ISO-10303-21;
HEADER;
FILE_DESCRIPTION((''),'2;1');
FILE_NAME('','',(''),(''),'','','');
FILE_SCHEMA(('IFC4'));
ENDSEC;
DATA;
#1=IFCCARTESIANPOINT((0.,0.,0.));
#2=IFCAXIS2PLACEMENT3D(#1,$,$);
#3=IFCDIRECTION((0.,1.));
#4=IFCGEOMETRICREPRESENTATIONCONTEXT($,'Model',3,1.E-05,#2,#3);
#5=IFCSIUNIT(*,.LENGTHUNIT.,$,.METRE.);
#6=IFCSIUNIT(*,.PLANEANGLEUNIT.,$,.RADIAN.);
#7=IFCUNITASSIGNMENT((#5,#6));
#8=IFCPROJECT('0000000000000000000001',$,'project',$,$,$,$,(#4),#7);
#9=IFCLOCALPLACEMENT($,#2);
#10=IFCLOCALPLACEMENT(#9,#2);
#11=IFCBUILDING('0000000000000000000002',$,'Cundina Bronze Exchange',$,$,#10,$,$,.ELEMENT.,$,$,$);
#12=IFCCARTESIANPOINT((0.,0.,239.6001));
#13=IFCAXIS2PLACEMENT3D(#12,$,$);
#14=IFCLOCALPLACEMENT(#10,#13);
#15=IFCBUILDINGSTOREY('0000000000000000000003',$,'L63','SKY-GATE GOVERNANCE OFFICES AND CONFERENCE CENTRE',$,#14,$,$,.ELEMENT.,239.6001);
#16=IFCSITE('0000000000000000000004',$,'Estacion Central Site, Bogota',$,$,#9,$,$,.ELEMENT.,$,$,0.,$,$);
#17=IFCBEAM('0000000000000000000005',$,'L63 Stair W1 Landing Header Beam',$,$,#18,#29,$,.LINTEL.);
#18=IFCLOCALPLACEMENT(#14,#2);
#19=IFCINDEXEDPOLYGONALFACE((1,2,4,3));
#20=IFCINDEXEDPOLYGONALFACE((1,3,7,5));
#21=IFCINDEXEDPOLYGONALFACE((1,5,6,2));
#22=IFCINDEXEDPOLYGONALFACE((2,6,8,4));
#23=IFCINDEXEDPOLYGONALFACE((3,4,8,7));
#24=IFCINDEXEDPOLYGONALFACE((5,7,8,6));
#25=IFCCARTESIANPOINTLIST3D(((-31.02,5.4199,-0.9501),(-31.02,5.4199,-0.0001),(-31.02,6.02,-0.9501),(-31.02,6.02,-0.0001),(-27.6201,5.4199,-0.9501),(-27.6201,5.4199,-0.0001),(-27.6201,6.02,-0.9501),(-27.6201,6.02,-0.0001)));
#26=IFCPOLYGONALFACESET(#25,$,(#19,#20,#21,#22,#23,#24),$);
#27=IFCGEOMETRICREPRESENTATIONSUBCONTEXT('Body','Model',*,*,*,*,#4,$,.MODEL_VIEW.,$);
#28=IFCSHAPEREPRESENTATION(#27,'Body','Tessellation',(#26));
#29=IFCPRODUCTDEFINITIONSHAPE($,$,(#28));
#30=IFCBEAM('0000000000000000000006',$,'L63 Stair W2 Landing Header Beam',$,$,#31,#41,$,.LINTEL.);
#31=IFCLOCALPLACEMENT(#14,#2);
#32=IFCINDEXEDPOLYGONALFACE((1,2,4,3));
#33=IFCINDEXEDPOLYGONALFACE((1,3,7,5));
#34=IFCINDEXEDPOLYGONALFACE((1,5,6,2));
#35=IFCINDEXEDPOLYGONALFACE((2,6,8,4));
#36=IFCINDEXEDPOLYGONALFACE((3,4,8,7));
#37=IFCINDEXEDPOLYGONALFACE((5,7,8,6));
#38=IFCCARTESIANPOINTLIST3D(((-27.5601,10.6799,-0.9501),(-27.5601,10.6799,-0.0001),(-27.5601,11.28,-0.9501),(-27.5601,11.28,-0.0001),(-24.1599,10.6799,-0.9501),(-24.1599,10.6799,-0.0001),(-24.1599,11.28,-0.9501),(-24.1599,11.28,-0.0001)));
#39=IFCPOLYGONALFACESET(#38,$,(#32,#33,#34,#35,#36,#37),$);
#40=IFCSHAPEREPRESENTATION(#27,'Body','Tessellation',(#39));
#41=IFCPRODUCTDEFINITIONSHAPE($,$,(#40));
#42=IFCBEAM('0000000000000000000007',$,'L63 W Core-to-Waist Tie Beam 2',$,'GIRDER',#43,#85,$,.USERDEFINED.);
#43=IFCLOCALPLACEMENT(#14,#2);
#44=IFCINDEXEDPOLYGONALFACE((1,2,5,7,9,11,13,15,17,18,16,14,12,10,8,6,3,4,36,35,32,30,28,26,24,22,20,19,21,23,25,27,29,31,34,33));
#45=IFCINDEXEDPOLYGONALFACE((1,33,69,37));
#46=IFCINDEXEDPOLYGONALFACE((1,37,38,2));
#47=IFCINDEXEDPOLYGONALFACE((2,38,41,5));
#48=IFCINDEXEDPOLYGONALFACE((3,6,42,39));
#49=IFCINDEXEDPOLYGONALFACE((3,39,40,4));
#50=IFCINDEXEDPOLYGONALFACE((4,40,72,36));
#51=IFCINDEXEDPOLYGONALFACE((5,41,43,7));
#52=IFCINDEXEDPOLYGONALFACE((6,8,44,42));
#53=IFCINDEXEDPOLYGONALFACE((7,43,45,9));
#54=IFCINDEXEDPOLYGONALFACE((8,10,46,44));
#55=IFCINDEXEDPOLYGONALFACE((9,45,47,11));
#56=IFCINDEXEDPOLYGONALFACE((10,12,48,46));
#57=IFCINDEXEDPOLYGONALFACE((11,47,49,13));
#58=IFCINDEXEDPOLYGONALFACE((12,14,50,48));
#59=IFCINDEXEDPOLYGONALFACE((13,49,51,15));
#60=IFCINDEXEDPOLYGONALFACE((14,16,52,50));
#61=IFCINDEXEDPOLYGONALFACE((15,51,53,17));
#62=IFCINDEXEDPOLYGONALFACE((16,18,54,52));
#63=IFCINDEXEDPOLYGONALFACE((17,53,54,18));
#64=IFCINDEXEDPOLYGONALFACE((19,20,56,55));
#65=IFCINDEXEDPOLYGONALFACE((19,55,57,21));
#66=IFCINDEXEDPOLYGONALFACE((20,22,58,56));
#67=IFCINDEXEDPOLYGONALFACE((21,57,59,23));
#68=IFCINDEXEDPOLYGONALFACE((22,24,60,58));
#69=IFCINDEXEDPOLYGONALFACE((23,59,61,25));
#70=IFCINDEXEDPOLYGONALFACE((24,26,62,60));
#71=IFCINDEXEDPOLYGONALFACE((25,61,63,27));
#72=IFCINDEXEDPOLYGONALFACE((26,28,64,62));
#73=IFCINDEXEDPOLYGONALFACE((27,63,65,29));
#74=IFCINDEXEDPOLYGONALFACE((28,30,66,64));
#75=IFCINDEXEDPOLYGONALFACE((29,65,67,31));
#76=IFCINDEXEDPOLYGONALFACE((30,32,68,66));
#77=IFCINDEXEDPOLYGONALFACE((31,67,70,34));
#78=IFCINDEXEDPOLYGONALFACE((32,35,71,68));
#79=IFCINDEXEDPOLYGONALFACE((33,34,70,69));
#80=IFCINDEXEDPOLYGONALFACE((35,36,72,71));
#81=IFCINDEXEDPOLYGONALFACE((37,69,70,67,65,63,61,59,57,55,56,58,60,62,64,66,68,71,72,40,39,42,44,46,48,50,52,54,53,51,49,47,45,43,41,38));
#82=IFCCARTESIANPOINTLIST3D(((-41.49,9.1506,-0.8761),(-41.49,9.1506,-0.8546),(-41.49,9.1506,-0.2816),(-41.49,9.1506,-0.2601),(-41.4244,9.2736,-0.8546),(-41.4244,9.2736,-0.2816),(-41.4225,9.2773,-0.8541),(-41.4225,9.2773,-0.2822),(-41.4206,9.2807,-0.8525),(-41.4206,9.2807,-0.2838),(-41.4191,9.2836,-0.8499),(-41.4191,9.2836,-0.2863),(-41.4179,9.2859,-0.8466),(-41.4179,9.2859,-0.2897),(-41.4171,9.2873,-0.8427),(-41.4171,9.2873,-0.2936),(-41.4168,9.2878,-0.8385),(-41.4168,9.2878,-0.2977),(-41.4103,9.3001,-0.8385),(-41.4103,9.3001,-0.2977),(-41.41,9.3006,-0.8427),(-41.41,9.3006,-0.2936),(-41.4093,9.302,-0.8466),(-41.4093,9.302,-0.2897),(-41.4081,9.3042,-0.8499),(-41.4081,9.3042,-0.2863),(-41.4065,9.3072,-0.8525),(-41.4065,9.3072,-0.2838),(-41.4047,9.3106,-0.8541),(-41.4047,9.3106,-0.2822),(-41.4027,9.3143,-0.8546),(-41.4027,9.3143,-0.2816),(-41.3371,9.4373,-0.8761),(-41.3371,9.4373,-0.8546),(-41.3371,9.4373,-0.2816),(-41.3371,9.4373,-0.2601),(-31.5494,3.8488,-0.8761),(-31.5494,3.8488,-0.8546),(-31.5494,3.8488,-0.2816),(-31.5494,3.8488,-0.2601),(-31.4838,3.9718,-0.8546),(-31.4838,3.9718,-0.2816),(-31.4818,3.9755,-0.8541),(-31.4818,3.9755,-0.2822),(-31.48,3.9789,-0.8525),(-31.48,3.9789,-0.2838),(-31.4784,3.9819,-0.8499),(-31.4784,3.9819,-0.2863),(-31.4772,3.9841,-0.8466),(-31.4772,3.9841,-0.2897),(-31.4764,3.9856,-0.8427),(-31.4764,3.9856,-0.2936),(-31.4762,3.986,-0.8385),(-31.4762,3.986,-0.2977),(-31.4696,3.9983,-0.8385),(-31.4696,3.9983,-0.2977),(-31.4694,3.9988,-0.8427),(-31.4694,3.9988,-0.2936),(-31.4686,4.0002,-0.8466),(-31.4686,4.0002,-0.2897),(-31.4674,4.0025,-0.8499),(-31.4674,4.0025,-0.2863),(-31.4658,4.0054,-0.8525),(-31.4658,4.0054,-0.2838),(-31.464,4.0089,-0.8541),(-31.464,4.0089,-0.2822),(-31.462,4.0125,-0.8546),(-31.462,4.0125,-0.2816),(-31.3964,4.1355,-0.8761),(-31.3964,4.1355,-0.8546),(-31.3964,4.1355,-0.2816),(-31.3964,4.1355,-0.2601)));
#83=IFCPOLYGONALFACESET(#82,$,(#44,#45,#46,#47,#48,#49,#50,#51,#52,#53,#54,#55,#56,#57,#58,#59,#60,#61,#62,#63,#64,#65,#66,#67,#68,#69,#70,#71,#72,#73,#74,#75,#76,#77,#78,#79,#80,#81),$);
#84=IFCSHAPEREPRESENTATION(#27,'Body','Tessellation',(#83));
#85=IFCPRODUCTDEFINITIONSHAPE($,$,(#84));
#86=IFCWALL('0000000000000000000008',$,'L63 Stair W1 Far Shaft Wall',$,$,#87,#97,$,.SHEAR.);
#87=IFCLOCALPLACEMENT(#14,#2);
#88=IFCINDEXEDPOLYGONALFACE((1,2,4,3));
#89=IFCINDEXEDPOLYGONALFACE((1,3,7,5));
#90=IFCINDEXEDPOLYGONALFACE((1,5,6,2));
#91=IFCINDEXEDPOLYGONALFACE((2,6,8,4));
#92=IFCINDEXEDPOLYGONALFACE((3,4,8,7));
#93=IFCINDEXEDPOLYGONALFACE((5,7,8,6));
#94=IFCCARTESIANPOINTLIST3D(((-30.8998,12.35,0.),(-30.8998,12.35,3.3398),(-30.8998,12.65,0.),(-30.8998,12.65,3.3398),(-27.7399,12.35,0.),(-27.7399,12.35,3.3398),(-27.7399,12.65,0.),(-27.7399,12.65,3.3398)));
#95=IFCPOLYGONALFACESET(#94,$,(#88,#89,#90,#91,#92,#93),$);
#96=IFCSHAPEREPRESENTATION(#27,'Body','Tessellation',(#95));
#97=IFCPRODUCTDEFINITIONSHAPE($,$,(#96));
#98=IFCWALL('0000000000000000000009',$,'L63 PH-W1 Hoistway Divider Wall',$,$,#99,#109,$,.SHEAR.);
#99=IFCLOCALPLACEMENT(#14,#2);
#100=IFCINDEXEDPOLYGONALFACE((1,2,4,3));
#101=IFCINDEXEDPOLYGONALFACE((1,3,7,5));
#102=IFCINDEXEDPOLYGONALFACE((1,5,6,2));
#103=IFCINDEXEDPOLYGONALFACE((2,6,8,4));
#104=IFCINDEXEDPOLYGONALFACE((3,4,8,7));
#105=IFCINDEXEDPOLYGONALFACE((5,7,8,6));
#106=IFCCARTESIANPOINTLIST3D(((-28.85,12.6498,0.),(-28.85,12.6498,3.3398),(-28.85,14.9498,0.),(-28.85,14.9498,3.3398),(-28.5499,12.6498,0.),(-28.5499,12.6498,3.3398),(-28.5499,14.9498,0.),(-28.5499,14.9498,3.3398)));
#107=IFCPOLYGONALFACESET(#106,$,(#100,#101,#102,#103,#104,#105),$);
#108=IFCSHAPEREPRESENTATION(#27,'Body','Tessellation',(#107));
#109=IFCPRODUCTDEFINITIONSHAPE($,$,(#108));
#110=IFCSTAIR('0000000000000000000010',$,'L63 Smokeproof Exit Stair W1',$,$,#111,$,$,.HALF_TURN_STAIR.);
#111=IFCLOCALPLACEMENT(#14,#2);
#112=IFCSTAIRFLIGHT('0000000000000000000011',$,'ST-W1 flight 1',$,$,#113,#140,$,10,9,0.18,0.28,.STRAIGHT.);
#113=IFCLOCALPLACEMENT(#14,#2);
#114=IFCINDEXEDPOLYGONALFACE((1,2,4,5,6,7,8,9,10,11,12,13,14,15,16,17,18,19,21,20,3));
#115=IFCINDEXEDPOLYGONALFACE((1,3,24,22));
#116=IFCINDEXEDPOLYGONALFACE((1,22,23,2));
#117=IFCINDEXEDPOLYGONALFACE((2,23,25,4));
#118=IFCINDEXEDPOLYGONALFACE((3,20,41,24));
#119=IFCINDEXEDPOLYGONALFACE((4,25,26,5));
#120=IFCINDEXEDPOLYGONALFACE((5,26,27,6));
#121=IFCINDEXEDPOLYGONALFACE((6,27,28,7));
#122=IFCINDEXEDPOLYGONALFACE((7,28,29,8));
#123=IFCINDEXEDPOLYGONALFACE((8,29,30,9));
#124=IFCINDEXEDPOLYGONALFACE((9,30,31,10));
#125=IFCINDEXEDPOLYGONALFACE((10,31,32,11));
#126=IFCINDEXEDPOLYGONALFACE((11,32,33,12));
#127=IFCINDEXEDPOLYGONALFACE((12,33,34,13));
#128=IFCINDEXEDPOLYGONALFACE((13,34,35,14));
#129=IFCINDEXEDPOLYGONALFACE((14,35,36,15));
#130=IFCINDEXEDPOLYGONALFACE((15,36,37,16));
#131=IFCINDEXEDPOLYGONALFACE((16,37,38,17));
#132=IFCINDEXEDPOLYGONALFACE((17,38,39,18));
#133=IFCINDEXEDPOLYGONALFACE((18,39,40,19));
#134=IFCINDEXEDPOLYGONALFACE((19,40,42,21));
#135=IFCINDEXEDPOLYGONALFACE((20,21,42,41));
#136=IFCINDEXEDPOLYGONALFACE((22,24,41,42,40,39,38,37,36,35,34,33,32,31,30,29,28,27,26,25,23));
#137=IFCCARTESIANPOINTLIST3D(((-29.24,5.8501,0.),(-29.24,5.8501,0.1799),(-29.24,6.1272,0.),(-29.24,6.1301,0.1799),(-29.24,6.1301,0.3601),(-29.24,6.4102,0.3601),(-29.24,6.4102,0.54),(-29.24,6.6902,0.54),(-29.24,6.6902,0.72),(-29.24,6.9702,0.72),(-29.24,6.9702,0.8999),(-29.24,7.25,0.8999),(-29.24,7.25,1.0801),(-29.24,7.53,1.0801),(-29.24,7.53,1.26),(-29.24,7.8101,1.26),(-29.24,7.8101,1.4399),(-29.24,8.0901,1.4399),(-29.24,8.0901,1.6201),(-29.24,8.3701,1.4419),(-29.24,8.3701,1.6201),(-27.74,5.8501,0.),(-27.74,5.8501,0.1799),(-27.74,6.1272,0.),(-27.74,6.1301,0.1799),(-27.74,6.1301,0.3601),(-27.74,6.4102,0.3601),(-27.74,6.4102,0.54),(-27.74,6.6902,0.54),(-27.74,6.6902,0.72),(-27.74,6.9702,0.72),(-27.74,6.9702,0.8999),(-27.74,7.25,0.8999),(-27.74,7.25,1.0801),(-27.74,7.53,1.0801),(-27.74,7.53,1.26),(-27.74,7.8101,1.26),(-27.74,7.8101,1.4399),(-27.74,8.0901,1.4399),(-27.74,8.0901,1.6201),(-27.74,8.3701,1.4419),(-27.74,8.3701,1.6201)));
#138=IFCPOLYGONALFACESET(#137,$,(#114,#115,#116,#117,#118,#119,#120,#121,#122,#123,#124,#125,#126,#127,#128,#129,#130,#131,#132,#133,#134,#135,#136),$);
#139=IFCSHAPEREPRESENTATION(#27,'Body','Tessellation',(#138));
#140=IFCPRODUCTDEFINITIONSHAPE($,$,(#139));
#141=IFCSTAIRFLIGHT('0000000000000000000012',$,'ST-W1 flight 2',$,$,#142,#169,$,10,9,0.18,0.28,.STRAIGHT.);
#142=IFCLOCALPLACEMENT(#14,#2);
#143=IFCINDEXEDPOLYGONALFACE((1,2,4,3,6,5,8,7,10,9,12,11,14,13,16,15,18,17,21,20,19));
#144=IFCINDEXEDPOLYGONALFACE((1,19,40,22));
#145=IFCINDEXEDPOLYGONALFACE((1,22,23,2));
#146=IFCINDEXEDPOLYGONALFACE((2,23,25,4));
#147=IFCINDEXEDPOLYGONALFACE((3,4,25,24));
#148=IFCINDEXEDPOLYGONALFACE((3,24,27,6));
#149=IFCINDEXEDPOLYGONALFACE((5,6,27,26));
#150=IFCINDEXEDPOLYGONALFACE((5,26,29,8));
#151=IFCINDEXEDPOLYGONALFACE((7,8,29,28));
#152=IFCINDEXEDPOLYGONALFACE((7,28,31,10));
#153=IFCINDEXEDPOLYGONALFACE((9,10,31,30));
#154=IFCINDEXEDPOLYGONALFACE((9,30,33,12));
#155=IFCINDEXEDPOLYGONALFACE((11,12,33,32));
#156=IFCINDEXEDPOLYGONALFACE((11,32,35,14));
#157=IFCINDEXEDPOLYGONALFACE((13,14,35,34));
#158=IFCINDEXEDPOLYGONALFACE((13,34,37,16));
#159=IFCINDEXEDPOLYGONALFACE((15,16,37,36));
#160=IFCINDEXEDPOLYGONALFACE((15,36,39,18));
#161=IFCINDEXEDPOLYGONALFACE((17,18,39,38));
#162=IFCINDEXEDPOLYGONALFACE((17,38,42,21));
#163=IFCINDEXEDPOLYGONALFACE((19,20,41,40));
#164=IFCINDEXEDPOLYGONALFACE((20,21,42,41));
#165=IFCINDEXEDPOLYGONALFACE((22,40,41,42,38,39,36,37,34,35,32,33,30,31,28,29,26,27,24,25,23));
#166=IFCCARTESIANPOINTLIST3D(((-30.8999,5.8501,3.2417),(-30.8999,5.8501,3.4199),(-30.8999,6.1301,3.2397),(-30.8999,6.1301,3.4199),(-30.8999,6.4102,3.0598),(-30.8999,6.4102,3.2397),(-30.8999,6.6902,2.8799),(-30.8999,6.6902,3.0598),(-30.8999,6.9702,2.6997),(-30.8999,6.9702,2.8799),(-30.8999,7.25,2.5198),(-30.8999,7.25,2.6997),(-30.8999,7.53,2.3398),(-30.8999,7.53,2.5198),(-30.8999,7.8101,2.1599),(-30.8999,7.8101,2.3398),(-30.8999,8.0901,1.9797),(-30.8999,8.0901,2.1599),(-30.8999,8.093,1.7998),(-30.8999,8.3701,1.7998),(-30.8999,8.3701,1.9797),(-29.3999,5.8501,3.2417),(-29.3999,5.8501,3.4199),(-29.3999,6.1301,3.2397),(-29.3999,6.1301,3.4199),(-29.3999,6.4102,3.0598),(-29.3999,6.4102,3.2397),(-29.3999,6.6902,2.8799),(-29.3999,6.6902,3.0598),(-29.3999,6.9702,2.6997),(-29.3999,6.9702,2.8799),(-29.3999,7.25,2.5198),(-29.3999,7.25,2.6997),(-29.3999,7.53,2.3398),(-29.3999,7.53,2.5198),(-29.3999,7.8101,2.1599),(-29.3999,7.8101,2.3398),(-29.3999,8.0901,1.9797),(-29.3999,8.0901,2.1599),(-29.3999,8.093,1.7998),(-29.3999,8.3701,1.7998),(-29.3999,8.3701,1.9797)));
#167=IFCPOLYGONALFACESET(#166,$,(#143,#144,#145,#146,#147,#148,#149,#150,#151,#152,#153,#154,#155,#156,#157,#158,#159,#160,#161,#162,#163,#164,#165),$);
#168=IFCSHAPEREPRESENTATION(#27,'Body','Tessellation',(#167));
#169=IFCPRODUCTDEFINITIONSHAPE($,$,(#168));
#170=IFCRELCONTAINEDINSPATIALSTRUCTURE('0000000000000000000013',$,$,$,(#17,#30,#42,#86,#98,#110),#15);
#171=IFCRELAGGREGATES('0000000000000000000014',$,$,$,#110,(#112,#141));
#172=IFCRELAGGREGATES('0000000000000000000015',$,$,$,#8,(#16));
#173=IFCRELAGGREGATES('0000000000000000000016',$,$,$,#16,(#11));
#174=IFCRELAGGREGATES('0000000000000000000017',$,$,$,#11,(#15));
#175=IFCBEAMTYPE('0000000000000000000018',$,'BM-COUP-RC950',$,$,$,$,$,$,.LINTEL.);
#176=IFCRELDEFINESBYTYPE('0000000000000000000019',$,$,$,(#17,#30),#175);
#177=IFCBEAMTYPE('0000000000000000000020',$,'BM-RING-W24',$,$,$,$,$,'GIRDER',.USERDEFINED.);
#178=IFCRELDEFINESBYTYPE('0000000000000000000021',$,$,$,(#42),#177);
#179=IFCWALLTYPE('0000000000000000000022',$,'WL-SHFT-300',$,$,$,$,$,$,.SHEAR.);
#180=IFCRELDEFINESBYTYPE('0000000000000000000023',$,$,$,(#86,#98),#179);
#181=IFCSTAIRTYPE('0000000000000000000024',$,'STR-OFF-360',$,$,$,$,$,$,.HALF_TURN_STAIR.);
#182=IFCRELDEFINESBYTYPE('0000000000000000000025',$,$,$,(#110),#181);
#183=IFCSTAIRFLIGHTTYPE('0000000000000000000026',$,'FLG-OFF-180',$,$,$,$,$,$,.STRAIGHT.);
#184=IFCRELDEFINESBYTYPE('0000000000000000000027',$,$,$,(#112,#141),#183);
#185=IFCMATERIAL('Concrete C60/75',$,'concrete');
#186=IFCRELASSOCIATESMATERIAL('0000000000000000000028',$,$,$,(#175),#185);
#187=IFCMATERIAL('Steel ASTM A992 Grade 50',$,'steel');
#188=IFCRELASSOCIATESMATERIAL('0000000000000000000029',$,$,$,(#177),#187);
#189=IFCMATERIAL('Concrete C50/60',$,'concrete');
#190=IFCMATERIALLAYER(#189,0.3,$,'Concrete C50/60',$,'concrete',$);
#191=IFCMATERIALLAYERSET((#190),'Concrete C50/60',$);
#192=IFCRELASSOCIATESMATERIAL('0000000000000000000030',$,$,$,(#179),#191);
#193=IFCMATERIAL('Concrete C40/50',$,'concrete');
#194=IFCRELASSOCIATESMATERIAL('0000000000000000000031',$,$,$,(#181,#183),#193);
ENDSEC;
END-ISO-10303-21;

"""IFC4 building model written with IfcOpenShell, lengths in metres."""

from ifc_helpers import new_model, si_unit, direction, frame, frame_2d, origin, origin_2d, place, context, subcontext, project, spatial, polyline, rectangle, i_section, outline, extrude, material, layer, layer_set, material_profile, profile_set, type_object, element, aggregate, save


model = new_model("IFC4")

# Units and contexts
model_context = context("Model", 3, precision=1e-05, world=origin(), true_north=direction((0.0, 1.0)))
body_context = subcontext(model_context, "Body", "Model", "MODEL_VIEW")
ifc_project = project(units=[si_unit("LENGTHUNIT", "METRE"), si_unit("PLANEANGLEUNIT", "RADIAN")], contexts=[model_context])

# Site, building, storey
site_placement = place(None, origin())
site = spatial("IfcSite", under=ifc_project, at=site_placement, Name="Estacion Central Site, Bogota", CompositionType="ELEMENT", RefElevation=0.0)
building_placement = place(site_placement, origin())
building = spatial("IfcBuilding", under=site, at=building_placement, Name="Cundina Bronze Exchange", CompositionType="ELEMENT")
storey_placement = place(building_placement, frame((0.0, 0.0, 239.6001)))
storey = spatial("IfcBuildingStorey", under=building, at=storey_placement, Name="L63", Description="SKY-GATE GOVERNANCE OFFICES AND CONFERENCE CENTRE", CompositionType="ELEMENT", Elevation=239.6001)

# Beams
ifc_material_1 = material(Name="Concrete C60/75", Category="concrete")
ifc_material_profile_1 = material_profile(ifc_material_1, rectangle(XDim=0.6001, YDim=0.95, at=origin_2d()), Name="RC600X950", Category="concrete")
ifc_profile_set_1 = profile_set([ifc_material_profile_1], Name="Concrete C60/75")
beam_type_1 = type_object("IfcBeamType", Name="BM-COUP-RC950", PredefinedType="LINTEL", material=ifc_profile_set_1)
beam_1_placement = place(storey_placement, frame((-31.02, 5.72, -0.4751), z_axis=(1.0, 0.0, 0.0), x_axis=(0.0, 1.0, 0.0)))
element("IfcBeam", 1, at=beam_1_placement, inside=storey, type_object=beam_type_1, Name="L63 Stair W1 Landing Header Beam", PredefinedType="LINTEL", context=body_context, shape_type="SweptSolid", body=[
    extrude(rectangle(XDim=0.6001, YDim=0.95, at=origin_2d()), origin(), (0.0, 0.0, 1.0), 3.3999),
])
beam_2_placement = place(storey_placement, frame((-27.5601, 10.98, -0.4751), z_axis=(1.0, 0.0, 0.0), x_axis=(0.0, 1.0, 0.0)))
element("IfcBeam", 2, at=beam_2_placement, inside=storey, type_object=beam_type_1, Name="L63 Stair W2 Landing Header Beam", PredefinedType="LINTEL", context=body_context, shape_type="SweptSolid", body=[
    extrude(rectangle(XDim=0.6001, YDim=0.95, at=origin_2d()), origin(), (0.0, 0.0, 1.0), 3.4001),
])
ifc_material_2 = material(Name="Steel ASTM A992 Grade 50", Category="steel")
ifc_material_profile_2 = material_profile(ifc_material_2, i_section(OverallWidth=0.325, OverallDepth=0.616, WebThickness=0.0139, FlangeThickness=0.0215, FilletRadius=0.0161, at=origin_2d()), Name="W24X117", Category="steel")
ifc_profile_set_2 = profile_set([ifc_material_profile_2], Name="Steel ASTM A992 Grade 50")
beam_type_2 = type_object("IfcBeamType", Name="BM-RING-W24", ElementType="GIRDER", PredefinedType="USERDEFINED", material=ifc_profile_set_2)
beam_3_placement = place(storey_placement, frame((-31.4729, 3.9922, -0.5681), z_axis=(-0.882351, 0.470593, 0.0), x_axis=(-0.470593, -0.882351, 0.0)))
element("IfcBeam", 3, at=beam_3_placement, inside=storey, type_object=beam_type_2, Name="L63 W Core-to-Waist Tie Beam 2", ObjectType="GIRDER", PredefinedType="USERDEFINED", context=body_context, shape_type="SweptSolid", body=[
    extrude(i_section(OverallWidth=0.325, OverallDepth=0.616, WebThickness=0.0139, FlangeThickness=0.0215, FilletRadius=0.0161, at=origin_2d()), origin(), (0.0, 0.0, 1.0), 11.2661),
])

# Shared definitions
ifc_material_3 = material(Name="Concrete C50/60", Category="concrete")
ifc_layer_1 = layer(ifc_material_3, 0.3, Name="Concrete C50/60", Category="concrete")
ifc_layer_set_1 = layer_set([ifc_layer_1], Name="Concrete C50/60")
wall_type_1 = type_object("IfcWallType", Name="WL-SHFT-300", PredefinedType="SHEAR", material=ifc_layer_set_1)

# Walls
wall_1_placement = place(storey_placement, frame((-30.8999, 12.5, 0.0), z_axis=(0.0, 0.0, 1.0), x_axis=(1.0, 0.0, 0.0)))
element("IfcWall", 4, at=wall_1_placement, inside=storey, type_object=wall_type_1, Name="L63 Stair W1 Far Shaft Wall", PredefinedType="SHEAR", context=body_context, shape_type="SweptSolid", body=[
    extrude(rectangle(XDim=3.1599, YDim=0.3, at=frame_2d((1.5801, 0.0))), origin(), (0.0, 0.0, 1.0), 3.3398),
])
wall_2_placement = place(storey_placement, frame((-28.7, 12.6499, 0.0), z_axis=(0.0, 0.0, 1.0), x_axis=(0.0, 1.0, 0.0)))
element("IfcWall", 5, at=wall_2_placement, inside=storey, type_object=wall_type_1, Name="L63 PH-W1 Hoistway Divider Wall", PredefinedType="SHEAR", context=body_context, shape_type="SweptSolid", body=[
    extrude(rectangle(XDim=2.3, YDim=0.3, at=frame_2d((1.1499, 0.0))), origin(), (0.0, 0.0, 1.0), 3.3398),
])

# Stair, stair flights
ifc_material_4 = material(Name="Concrete C40/50", Category="concrete")
stair_type = type_object("IfcStairType", Name="STR-OFF-360", PredefinedType="HALF_TURN_STAIR", material=ifc_material_4)
stair_placement = place(storey_placement, origin())
stair = element("IfcStair", 6, at=stair_placement, inside=storey, type_object=stair_type, Name="L63 Smokeproof Exit Stair W1", PredefinedType="HALF_TURN_STAIR")
stair_flight_type = type_object("IfcStairFlightType", Name="FLG-OFF-180", PredefinedType="STRAIGHT", material=ifc_material_4)
stair_flight_1_placement = place(storey_placement, frame((-28.49, 5.8501, 0.0), z_axis=(0.0, 0.0, 1.0), x_axis=(0.0, 1.0, 0.0)))
stair_flight_1 = element("IfcStairFlight", 7, at=stair_flight_1_placement, type_object=stair_flight_type, Name="ST-W1 flight 1", NumberOfRisers=10, NumberOfTreads=9, PredefinedType="STRAIGHT", RiserHeight=0.18, TreadLength=0.28, context=body_context, shape_type="SweptSolid", body=[
    extrude(outline(polyline([(0.0, 0.0), (0.0, 0.1799), (0.28, 0.1799), (0.28, 0.3601), (0.5601, 0.3601), (0.5601, 0.54), (0.8401, 0.54), (0.8401, 0.72), (1.1201, 0.72), (1.1201, 0.8999), (1.3999, 0.8999), (1.3999, 1.0801), (1.6799, 1.0801), (1.6799, 1.26), (1.96, 1.26), (1.96, 1.4399), (2.24, 1.4399), (2.24, 1.6201), (2.52, 1.6201), (2.52, 1.8), (2.52, 1.4419), (0.2771, 0.0), (0.0, 0.0)])), frame((0.0, 0.75, 0.0), z_axis=(0.0, -1.0, 0.0), x_axis=(1.0, 0.0, 0.0)), (0.0, 0.0, 1.0), 1.5),
])
stair_flight_2_placement = place(storey_placement, frame((-30.1499, 8.3701, 1.7998), z_axis=(0.0, 0.0, 1.0), x_axis=(0.0, -1.0, 0.0)))
stair_flight_2 = element("IfcStairFlight", 8, at=stair_flight_2_placement, type_object=stair_flight_type, Name="ST-W1 flight 2", NumberOfRisers=10, NumberOfTreads=9, PredefinedType="STRAIGHT", RiserHeight=0.18, TreadLength=0.28, context=body_context, shape_type="SweptSolid", body=[
    extrude(outline(polyline([(0.0, 0.0), (0.0, 0.1799), (0.28, 0.1799), (0.28, 0.3601), (0.5601, 0.3601), (0.5601, 0.54), (0.8401, 0.54), (0.8401, 0.72), (1.1201, 0.72), (1.1201, 0.8999), (1.3999, 0.8999), (1.3999, 1.0801), (1.6799, 1.0801), (1.6799, 1.26), (1.96, 1.26), (1.96, 1.4399), (2.24, 1.4399), (2.24, 1.6201), (2.52, 1.6201), (2.52, 1.8), (2.52, 1.4419), (0.2771, 0.0), (0.0, 0.0)])), frame((0.0, 0.75, 0.0), z_axis=(0.0, -1.0, 0.0), x_axis=(1.0, 0.0, 0.0)), (0.0, 0.0, 1.0), 1.5),
])
aggregate(stair, [stair_flight_1, stair_flight_2])

save(model, "model.ifc")
